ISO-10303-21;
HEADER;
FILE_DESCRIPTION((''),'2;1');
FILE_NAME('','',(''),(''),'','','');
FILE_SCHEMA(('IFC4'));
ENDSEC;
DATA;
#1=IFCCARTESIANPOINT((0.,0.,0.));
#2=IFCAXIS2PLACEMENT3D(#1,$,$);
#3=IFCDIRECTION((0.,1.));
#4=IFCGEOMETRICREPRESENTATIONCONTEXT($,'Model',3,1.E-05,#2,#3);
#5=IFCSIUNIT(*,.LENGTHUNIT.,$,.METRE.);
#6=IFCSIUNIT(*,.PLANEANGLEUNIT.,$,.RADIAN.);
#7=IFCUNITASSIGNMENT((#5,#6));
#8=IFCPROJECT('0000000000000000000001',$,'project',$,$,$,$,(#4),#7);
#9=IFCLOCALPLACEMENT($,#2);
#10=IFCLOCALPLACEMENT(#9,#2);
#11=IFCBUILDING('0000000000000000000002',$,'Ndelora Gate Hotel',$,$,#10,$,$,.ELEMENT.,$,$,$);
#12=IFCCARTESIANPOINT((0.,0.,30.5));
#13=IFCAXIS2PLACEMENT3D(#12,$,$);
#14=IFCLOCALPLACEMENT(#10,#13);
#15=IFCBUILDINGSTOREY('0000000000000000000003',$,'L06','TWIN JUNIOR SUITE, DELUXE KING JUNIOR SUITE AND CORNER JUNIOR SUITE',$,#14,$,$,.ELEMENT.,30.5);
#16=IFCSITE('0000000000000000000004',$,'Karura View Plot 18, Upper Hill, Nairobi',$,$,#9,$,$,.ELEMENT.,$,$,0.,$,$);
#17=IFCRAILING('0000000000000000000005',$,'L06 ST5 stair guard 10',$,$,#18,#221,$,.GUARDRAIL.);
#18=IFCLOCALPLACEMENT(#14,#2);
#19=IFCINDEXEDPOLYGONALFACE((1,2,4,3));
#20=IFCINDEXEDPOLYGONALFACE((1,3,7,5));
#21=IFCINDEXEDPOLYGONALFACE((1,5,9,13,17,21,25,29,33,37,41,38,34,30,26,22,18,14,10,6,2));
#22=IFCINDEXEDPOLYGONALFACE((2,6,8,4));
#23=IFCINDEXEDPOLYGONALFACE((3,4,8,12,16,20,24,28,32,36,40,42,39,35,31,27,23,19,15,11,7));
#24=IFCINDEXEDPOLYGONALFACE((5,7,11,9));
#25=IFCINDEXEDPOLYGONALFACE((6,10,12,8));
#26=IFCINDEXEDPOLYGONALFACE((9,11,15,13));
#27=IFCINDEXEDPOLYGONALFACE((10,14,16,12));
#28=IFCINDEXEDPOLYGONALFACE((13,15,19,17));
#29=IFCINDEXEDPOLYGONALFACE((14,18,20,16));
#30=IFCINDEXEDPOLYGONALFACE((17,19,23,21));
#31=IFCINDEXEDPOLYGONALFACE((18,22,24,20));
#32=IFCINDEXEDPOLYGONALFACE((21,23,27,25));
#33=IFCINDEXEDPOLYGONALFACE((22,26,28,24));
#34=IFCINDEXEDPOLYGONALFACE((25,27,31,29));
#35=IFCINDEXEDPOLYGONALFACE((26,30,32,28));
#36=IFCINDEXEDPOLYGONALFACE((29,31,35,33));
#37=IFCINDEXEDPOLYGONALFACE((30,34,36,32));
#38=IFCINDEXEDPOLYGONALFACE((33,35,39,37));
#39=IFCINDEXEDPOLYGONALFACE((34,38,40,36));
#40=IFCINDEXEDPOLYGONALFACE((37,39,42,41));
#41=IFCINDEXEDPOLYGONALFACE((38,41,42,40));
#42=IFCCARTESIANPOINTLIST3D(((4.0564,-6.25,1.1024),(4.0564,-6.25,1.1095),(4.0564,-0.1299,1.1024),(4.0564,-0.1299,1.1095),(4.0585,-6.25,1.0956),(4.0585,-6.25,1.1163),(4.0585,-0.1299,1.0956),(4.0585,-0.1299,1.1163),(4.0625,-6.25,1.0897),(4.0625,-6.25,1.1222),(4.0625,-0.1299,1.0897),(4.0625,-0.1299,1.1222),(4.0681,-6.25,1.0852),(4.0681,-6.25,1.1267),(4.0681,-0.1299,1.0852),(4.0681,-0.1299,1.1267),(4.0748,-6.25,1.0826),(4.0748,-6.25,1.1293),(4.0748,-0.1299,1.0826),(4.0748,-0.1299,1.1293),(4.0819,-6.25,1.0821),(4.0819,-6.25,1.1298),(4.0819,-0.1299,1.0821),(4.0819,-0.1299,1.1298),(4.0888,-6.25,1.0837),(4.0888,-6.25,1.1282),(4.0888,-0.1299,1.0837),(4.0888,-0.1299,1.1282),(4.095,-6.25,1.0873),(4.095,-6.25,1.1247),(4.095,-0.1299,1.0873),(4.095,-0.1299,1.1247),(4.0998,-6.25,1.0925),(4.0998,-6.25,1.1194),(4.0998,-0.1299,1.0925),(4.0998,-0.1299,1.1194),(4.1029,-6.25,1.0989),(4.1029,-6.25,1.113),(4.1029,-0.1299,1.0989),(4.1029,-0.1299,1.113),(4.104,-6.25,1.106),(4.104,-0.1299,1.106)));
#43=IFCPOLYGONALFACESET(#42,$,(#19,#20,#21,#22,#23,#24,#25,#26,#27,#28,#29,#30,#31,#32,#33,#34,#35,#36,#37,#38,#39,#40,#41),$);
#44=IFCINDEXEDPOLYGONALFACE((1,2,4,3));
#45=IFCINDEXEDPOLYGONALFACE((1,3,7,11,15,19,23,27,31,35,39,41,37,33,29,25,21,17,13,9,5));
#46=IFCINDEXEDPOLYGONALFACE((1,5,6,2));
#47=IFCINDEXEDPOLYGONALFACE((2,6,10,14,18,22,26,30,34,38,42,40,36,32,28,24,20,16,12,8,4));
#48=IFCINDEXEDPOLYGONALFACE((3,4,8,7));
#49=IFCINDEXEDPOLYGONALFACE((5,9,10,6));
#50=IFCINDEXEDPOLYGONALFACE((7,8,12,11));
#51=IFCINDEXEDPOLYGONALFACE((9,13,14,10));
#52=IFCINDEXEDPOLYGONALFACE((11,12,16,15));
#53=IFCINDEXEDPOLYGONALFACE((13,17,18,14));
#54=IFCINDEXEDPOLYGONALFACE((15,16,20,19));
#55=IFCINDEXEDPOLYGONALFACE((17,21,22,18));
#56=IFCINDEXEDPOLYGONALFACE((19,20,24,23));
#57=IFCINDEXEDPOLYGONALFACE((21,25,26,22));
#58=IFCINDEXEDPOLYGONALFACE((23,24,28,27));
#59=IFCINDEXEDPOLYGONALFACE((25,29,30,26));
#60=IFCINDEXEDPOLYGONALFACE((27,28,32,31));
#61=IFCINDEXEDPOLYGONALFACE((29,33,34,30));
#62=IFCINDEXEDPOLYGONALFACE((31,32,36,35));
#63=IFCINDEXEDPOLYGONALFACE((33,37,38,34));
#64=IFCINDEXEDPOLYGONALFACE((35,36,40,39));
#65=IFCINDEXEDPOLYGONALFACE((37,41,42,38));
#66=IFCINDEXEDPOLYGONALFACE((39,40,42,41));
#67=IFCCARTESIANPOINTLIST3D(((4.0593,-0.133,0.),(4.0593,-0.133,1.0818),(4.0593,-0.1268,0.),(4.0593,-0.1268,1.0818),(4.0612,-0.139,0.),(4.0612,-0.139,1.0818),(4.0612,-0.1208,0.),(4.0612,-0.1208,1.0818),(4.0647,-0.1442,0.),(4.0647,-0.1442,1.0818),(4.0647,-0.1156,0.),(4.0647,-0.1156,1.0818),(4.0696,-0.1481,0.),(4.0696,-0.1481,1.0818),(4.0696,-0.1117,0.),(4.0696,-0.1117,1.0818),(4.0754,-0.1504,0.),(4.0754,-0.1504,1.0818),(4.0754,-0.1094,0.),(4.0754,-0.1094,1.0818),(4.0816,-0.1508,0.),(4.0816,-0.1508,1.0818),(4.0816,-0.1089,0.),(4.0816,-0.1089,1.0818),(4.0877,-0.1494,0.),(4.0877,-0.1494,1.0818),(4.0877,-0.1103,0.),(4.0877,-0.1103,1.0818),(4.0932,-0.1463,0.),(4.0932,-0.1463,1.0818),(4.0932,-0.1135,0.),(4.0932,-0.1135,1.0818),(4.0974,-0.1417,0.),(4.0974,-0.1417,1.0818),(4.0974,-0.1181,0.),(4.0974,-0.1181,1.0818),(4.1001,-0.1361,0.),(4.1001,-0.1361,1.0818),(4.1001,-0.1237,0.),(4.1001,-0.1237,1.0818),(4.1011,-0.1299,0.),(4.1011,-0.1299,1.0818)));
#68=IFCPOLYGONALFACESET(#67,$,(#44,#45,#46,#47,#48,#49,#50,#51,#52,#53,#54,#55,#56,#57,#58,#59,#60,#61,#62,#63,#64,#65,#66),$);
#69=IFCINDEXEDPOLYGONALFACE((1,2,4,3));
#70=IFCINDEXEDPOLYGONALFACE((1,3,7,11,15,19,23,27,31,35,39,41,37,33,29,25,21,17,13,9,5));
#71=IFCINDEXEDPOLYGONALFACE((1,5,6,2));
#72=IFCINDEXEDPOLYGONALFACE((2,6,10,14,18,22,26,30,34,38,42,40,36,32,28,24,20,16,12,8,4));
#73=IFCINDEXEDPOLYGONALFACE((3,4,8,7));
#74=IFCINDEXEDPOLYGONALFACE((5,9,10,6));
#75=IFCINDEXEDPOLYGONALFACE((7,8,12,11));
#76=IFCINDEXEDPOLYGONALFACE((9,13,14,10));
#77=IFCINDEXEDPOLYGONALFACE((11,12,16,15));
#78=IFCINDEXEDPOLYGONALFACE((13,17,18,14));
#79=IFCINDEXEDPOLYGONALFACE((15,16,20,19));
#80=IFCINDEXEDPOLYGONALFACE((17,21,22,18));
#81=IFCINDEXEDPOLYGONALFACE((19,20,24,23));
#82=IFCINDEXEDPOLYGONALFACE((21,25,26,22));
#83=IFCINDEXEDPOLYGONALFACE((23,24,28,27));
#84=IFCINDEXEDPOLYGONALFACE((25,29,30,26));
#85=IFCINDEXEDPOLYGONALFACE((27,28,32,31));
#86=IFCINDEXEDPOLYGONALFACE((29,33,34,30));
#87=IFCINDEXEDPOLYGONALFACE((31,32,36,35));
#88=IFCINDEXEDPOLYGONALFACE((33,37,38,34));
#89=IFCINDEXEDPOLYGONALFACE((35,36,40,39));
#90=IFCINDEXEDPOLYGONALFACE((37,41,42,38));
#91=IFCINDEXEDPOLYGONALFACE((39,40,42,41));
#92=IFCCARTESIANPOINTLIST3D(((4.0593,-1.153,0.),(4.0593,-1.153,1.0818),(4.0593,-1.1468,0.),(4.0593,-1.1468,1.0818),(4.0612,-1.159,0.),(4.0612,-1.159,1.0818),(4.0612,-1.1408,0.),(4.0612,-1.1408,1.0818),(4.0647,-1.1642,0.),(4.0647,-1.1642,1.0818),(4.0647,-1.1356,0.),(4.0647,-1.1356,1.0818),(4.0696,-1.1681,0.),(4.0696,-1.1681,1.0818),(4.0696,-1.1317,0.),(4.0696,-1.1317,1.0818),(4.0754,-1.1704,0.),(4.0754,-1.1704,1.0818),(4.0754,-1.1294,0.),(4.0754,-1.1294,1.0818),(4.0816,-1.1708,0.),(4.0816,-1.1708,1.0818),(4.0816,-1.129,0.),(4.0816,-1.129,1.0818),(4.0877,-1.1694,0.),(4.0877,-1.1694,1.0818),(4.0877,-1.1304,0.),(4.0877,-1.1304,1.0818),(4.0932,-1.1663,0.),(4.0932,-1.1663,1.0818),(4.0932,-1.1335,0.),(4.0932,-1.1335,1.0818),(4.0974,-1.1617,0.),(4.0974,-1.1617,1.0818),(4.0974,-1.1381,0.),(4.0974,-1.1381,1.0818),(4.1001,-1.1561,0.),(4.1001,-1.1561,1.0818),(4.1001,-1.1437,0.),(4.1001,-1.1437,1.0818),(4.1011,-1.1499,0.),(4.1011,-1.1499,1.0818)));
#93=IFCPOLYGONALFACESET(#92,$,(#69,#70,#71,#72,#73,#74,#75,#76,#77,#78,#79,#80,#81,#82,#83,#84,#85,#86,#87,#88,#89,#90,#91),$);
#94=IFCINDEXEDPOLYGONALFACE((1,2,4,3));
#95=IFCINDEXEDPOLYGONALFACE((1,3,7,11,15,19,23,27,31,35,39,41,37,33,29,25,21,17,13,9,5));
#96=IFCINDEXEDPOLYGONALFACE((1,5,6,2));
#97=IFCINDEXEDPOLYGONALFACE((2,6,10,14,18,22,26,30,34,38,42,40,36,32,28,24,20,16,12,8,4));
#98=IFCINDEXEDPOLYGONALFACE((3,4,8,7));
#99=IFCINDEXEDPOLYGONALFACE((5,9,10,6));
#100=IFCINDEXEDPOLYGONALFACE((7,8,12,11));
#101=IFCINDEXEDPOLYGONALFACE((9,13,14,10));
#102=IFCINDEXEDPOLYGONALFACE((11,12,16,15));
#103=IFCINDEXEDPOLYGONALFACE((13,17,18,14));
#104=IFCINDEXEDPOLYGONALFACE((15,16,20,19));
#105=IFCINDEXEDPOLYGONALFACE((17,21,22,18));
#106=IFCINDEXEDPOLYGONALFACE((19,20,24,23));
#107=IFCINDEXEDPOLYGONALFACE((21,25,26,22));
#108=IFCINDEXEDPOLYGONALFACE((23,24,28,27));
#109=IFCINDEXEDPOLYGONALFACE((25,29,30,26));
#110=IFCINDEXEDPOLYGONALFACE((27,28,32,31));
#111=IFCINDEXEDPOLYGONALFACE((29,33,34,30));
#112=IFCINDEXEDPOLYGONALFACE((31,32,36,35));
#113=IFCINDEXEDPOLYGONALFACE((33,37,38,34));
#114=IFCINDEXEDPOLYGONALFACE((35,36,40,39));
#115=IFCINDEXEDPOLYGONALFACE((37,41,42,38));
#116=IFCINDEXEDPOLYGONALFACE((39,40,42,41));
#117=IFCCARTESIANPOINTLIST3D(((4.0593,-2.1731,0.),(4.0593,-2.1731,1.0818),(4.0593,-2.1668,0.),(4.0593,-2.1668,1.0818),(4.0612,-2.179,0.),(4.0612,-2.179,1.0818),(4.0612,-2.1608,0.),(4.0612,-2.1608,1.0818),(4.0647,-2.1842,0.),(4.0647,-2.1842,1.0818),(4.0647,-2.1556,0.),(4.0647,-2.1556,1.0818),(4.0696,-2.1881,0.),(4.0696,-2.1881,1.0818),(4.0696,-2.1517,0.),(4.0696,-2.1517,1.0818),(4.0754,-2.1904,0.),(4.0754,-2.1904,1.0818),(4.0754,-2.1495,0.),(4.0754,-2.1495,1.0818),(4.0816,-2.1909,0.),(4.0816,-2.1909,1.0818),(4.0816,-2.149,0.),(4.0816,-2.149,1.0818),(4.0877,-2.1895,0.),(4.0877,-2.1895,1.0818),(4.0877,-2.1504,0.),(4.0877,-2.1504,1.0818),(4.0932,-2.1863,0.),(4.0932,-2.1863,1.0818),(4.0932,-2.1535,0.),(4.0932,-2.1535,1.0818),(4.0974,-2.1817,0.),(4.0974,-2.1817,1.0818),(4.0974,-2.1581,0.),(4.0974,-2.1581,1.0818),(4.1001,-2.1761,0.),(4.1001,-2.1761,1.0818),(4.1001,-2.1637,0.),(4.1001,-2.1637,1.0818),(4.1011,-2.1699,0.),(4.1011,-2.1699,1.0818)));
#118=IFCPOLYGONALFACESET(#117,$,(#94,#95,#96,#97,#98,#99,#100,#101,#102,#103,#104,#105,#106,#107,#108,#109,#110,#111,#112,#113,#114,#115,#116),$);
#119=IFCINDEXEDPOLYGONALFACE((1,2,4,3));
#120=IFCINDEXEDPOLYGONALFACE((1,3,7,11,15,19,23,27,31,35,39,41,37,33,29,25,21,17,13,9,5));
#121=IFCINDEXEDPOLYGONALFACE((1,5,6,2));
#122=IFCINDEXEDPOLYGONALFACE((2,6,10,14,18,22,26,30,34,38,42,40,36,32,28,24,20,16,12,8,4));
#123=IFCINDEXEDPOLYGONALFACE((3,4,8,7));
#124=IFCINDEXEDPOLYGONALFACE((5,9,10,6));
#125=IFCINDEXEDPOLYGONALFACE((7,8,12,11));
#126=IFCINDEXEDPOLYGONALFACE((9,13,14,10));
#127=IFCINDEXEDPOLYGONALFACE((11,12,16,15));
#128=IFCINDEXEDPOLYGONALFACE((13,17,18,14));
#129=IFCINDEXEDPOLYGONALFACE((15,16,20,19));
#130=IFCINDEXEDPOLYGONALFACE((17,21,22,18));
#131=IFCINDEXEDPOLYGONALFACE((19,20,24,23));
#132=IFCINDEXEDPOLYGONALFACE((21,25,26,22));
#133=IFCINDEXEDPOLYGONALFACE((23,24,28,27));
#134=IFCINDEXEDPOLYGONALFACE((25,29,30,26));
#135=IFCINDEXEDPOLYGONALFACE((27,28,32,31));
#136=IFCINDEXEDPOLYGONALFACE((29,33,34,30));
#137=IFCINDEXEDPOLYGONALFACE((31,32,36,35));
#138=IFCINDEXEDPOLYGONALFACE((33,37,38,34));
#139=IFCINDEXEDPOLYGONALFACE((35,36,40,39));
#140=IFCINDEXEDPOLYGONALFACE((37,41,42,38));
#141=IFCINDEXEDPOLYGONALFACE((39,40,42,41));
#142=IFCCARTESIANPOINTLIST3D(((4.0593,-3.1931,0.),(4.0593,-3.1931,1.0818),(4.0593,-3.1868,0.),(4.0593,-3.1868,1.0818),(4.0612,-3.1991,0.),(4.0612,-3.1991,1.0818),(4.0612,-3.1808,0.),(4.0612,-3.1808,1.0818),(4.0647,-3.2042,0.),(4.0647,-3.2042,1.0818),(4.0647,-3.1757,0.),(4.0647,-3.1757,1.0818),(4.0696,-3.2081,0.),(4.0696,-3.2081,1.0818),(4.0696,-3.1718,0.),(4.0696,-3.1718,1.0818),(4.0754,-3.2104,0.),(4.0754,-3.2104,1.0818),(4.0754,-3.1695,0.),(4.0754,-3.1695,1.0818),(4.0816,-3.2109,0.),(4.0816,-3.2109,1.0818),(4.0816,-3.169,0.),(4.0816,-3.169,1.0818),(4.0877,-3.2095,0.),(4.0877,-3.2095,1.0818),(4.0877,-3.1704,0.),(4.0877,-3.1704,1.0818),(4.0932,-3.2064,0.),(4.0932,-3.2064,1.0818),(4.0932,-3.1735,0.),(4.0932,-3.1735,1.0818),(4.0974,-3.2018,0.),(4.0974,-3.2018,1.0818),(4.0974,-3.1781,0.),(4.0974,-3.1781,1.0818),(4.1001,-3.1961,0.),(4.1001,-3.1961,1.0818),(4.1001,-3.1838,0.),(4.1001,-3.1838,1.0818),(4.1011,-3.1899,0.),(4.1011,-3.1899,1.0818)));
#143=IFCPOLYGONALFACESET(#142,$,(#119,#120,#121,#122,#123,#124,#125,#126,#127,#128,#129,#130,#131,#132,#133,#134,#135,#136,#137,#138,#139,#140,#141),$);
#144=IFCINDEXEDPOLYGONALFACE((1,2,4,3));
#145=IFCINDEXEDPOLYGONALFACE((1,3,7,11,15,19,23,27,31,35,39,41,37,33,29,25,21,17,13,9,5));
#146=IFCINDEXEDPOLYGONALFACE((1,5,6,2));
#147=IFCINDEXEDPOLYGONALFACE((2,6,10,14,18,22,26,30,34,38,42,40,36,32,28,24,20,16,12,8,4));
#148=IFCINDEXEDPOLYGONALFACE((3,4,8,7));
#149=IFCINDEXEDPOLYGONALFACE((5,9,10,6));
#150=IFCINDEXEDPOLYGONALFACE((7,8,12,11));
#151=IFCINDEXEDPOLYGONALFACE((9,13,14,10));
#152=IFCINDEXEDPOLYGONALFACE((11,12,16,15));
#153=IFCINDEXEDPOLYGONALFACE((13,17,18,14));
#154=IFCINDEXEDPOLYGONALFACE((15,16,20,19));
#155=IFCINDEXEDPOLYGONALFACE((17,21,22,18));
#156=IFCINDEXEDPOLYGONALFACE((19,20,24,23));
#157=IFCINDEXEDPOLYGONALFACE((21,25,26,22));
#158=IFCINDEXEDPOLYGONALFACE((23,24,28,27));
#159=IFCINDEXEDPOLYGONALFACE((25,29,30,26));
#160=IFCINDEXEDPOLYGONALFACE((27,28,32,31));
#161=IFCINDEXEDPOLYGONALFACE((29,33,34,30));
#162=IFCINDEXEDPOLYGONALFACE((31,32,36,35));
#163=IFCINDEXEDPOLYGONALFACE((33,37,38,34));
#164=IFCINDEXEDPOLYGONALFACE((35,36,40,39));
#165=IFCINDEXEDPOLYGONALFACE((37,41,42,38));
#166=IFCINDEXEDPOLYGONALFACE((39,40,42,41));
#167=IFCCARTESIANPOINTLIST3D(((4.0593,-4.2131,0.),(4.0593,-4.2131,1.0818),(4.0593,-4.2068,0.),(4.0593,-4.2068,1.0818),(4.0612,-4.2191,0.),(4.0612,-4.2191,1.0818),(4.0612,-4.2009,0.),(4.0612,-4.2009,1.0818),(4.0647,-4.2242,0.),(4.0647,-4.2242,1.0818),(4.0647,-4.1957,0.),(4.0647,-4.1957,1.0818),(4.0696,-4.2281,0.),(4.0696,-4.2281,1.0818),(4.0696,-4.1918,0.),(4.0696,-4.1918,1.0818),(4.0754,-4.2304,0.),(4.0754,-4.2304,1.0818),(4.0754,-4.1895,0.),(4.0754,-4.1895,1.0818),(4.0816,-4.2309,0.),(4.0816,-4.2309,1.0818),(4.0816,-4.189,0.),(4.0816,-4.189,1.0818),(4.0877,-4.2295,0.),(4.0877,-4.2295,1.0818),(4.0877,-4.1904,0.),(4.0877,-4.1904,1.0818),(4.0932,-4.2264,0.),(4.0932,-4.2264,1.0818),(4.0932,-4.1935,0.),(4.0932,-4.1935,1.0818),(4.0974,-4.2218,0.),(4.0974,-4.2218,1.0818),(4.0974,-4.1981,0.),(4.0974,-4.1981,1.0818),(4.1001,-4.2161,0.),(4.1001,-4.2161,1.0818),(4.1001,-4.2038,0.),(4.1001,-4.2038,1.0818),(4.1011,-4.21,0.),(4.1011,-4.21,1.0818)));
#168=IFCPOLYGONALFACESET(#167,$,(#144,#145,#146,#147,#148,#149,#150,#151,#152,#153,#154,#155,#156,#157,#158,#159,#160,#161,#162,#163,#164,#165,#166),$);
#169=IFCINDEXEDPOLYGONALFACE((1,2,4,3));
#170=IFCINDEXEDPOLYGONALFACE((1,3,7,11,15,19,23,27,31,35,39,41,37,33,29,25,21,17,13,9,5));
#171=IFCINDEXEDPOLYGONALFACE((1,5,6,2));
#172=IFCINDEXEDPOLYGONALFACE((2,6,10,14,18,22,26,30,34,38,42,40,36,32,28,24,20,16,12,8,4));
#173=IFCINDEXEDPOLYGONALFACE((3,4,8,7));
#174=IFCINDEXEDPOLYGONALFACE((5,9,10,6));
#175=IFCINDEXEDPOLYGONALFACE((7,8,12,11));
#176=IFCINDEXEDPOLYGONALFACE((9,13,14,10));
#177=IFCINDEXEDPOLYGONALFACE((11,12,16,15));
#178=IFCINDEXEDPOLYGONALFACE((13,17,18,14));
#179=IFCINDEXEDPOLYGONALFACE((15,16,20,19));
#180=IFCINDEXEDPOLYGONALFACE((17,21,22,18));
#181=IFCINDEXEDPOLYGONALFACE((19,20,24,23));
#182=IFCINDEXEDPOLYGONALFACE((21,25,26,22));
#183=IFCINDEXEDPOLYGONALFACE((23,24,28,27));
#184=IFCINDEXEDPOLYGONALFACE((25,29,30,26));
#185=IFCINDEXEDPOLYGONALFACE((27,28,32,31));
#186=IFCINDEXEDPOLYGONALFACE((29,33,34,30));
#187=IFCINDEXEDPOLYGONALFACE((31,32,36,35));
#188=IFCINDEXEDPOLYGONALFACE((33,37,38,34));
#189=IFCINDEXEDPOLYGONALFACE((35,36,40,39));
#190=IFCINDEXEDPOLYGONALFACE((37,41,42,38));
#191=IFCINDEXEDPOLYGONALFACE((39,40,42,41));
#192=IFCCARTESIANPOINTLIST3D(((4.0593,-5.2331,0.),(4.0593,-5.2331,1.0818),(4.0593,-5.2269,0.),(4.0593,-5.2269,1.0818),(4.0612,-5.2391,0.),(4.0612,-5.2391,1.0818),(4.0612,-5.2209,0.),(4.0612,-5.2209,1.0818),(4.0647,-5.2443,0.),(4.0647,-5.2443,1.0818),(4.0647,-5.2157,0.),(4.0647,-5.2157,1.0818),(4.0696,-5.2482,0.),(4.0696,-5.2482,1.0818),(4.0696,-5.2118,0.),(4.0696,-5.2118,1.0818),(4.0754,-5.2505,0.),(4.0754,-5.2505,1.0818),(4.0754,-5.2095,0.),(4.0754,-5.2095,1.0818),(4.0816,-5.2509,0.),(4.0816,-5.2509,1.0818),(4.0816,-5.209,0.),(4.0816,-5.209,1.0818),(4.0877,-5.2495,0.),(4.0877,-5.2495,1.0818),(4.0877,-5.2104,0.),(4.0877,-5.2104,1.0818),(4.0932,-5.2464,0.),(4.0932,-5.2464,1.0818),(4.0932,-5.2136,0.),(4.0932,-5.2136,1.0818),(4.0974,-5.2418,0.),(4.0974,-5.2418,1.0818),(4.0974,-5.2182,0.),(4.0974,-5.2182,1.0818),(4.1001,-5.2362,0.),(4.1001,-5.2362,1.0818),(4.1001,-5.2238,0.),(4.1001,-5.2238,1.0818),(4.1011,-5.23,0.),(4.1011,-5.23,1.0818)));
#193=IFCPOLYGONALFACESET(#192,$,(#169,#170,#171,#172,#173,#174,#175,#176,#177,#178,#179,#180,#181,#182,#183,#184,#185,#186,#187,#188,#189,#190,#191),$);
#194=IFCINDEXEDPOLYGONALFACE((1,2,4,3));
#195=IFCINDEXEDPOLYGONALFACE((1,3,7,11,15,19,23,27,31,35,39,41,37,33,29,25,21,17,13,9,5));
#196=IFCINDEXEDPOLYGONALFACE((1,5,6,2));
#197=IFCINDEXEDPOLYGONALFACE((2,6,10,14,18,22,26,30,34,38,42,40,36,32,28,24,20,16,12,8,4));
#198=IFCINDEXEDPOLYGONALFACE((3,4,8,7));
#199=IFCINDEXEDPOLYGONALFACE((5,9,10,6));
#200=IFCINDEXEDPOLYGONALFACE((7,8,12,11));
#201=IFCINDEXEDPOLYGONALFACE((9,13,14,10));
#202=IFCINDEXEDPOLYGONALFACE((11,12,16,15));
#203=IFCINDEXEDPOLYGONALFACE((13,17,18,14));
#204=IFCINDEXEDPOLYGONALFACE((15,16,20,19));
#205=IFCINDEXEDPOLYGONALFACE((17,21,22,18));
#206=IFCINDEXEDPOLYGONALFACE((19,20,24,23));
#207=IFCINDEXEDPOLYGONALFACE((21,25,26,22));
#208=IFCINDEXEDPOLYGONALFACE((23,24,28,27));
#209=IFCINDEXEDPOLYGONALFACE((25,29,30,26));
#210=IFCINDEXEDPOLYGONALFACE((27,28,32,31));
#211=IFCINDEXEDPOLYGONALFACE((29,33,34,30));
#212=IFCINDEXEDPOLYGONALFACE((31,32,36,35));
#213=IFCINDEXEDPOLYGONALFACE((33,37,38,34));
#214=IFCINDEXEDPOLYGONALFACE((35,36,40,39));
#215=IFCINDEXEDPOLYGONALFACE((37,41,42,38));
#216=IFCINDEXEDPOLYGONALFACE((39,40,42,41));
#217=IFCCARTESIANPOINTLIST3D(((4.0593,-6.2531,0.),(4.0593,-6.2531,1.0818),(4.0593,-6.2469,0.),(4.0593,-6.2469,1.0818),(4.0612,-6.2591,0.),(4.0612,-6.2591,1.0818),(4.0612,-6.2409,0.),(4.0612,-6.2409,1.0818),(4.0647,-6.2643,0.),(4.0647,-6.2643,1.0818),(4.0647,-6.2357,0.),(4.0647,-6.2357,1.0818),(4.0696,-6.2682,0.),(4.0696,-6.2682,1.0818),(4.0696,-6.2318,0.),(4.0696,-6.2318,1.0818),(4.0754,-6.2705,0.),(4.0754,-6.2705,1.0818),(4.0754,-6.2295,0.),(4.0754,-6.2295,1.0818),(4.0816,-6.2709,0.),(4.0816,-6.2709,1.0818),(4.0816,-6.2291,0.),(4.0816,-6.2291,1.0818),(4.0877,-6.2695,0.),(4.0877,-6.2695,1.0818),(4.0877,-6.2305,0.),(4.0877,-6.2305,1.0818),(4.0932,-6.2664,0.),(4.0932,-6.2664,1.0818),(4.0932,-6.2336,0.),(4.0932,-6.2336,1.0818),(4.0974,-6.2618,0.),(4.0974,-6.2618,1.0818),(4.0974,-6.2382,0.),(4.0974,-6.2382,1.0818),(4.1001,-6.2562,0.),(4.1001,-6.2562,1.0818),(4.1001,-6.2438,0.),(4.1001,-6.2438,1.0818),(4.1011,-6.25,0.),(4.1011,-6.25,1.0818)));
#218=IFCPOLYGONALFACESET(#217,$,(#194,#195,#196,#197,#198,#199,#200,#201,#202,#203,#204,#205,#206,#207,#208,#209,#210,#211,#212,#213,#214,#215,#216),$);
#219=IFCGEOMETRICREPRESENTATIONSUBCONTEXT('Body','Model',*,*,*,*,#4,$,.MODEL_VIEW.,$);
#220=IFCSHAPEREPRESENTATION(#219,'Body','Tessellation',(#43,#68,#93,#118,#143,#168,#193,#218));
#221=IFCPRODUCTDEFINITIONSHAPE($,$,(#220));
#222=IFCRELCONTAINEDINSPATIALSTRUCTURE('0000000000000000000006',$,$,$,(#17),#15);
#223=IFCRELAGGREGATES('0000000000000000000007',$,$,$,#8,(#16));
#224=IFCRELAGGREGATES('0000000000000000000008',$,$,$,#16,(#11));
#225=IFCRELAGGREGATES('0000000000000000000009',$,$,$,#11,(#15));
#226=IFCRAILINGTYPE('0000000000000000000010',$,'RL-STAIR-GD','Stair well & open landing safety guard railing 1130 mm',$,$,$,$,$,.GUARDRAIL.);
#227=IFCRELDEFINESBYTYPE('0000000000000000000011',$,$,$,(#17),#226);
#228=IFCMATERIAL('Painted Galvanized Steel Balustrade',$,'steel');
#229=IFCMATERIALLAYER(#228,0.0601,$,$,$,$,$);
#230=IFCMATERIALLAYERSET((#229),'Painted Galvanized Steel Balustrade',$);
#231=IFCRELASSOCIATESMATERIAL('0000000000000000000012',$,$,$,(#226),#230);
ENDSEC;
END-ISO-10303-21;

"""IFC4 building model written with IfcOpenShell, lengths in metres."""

from ifc_helpers import new_model, si_unit, direction, frame, origin, origin_2d, place, context, subcontext, project, spatial, circle, extrude, material, layer, layer_set, type_object, element, save


model = new_model("IFC4")

# Units and contexts
model_context = context("Model", 3, precision=1e-05, world=origin(), true_north=direction((0.0, 1.0)))
body_context = subcontext(model_context, "Body", "Model", "MODEL_VIEW")
ifc_project = project(units=[si_unit("LENGTHUNIT", "METRE"), si_unit("PLANEANGLEUNIT", "RADIAN")], contexts=[model_context])

# Site, building, storey
site_placement = place(None, origin())
site = spatial("IfcSite", under=ifc_project, at=site_placement, Name="Karura View Plot 18, Upper Hill, Nairobi", CompositionType="ELEMENT", RefElevation=0.0)
building_placement = place(site_placement, origin())
building = spatial("IfcBuilding", under=site, at=building_placement, Name="Ndelora Gate Hotel", CompositionType="ELEMENT")
storey_placement = place(building_placement, frame((0.0, 0.0, 30.5)))
storey = spatial("IfcBuildingStorey", under=building, at=storey_placement, Name="L06", Description="TWIN JUNIOR SUITE, DELUXE KING JUNIOR SUITE AND CORNER JUNIOR SUITE", CompositionType="ELEMENT", Elevation=30.5)

# Railing
ifc_material_1 = material(Name="Painted Galvanized Steel Balustrade", Category="steel")
ifc_layer_1 = layer(ifc_material_1, 0.0601)
ifc_layer_set_1 = layer_set([ifc_layer_1], Name="Painted Galvanized Steel Balustrade")
railing_type_1 = type_object("IfcRailingType", Name="RL-STAIR-GD", Description="Stair well & open landing safety guard railing 1130 mm", PredefinedType="GUARDRAIL", material=ifc_layer_set_1)
railing_1_placement = place(storey_placement, frame((4.0801, -0.1299, 0.0)))
element("IfcRailing", 1, at=railing_1_placement, inside=storey, type_object=railing_type_1, Name="L06 ST5 stair guard 10", PredefinedType="GUARDRAIL", context=body_context, shape_type="SweptSolid", body=[
    extrude(circle(Radius=0.0239, at=origin_2d()), frame((0.0, 0.0, 1.106), z_axis=(0.0, -1.0, 0.0), x_axis=(1.0, 0.0, 0.0)), (0.0, 0.0, 1.0), 6.1201),
    extrude(circle(Radius=0.021, at=origin_2d()), origin(), (0.0, 0.0, 1.0), 1.0818),
    extrude(circle(Radius=0.021, at=origin_2d()), frame((0.0, -1.02, 0.0)), (0.0, 0.0, 1.0), 1.0818),
    extrude(circle(Radius=0.021, at=origin_2d()), frame((0.0, -2.04, 0.0)), (0.0, 0.0, 1.0), 1.0818),
    extrude(circle(Radius=0.021, at=origin_2d()), frame((0.0, -3.0601, 0.0)), (0.0, 0.0, 1.0), 1.0818),
    extrude(circle(Radius=0.021, at=origin_2d()), frame((0.0, -4.0801, 0.0)), (0.0, 0.0, 1.0), 1.0818),
    extrude(circle(Radius=0.021, at=origin_2d()), frame((0.0, -5.1001, 0.0)), (0.0, 0.0, 1.0), 1.0818),
    extrude(circle(Radius=0.021, at=origin_2d()), frame((0.0, -6.1201, 0.0)), (0.0, 0.0, 1.0), 1.0818),
])

save(model, "model.ifc")
